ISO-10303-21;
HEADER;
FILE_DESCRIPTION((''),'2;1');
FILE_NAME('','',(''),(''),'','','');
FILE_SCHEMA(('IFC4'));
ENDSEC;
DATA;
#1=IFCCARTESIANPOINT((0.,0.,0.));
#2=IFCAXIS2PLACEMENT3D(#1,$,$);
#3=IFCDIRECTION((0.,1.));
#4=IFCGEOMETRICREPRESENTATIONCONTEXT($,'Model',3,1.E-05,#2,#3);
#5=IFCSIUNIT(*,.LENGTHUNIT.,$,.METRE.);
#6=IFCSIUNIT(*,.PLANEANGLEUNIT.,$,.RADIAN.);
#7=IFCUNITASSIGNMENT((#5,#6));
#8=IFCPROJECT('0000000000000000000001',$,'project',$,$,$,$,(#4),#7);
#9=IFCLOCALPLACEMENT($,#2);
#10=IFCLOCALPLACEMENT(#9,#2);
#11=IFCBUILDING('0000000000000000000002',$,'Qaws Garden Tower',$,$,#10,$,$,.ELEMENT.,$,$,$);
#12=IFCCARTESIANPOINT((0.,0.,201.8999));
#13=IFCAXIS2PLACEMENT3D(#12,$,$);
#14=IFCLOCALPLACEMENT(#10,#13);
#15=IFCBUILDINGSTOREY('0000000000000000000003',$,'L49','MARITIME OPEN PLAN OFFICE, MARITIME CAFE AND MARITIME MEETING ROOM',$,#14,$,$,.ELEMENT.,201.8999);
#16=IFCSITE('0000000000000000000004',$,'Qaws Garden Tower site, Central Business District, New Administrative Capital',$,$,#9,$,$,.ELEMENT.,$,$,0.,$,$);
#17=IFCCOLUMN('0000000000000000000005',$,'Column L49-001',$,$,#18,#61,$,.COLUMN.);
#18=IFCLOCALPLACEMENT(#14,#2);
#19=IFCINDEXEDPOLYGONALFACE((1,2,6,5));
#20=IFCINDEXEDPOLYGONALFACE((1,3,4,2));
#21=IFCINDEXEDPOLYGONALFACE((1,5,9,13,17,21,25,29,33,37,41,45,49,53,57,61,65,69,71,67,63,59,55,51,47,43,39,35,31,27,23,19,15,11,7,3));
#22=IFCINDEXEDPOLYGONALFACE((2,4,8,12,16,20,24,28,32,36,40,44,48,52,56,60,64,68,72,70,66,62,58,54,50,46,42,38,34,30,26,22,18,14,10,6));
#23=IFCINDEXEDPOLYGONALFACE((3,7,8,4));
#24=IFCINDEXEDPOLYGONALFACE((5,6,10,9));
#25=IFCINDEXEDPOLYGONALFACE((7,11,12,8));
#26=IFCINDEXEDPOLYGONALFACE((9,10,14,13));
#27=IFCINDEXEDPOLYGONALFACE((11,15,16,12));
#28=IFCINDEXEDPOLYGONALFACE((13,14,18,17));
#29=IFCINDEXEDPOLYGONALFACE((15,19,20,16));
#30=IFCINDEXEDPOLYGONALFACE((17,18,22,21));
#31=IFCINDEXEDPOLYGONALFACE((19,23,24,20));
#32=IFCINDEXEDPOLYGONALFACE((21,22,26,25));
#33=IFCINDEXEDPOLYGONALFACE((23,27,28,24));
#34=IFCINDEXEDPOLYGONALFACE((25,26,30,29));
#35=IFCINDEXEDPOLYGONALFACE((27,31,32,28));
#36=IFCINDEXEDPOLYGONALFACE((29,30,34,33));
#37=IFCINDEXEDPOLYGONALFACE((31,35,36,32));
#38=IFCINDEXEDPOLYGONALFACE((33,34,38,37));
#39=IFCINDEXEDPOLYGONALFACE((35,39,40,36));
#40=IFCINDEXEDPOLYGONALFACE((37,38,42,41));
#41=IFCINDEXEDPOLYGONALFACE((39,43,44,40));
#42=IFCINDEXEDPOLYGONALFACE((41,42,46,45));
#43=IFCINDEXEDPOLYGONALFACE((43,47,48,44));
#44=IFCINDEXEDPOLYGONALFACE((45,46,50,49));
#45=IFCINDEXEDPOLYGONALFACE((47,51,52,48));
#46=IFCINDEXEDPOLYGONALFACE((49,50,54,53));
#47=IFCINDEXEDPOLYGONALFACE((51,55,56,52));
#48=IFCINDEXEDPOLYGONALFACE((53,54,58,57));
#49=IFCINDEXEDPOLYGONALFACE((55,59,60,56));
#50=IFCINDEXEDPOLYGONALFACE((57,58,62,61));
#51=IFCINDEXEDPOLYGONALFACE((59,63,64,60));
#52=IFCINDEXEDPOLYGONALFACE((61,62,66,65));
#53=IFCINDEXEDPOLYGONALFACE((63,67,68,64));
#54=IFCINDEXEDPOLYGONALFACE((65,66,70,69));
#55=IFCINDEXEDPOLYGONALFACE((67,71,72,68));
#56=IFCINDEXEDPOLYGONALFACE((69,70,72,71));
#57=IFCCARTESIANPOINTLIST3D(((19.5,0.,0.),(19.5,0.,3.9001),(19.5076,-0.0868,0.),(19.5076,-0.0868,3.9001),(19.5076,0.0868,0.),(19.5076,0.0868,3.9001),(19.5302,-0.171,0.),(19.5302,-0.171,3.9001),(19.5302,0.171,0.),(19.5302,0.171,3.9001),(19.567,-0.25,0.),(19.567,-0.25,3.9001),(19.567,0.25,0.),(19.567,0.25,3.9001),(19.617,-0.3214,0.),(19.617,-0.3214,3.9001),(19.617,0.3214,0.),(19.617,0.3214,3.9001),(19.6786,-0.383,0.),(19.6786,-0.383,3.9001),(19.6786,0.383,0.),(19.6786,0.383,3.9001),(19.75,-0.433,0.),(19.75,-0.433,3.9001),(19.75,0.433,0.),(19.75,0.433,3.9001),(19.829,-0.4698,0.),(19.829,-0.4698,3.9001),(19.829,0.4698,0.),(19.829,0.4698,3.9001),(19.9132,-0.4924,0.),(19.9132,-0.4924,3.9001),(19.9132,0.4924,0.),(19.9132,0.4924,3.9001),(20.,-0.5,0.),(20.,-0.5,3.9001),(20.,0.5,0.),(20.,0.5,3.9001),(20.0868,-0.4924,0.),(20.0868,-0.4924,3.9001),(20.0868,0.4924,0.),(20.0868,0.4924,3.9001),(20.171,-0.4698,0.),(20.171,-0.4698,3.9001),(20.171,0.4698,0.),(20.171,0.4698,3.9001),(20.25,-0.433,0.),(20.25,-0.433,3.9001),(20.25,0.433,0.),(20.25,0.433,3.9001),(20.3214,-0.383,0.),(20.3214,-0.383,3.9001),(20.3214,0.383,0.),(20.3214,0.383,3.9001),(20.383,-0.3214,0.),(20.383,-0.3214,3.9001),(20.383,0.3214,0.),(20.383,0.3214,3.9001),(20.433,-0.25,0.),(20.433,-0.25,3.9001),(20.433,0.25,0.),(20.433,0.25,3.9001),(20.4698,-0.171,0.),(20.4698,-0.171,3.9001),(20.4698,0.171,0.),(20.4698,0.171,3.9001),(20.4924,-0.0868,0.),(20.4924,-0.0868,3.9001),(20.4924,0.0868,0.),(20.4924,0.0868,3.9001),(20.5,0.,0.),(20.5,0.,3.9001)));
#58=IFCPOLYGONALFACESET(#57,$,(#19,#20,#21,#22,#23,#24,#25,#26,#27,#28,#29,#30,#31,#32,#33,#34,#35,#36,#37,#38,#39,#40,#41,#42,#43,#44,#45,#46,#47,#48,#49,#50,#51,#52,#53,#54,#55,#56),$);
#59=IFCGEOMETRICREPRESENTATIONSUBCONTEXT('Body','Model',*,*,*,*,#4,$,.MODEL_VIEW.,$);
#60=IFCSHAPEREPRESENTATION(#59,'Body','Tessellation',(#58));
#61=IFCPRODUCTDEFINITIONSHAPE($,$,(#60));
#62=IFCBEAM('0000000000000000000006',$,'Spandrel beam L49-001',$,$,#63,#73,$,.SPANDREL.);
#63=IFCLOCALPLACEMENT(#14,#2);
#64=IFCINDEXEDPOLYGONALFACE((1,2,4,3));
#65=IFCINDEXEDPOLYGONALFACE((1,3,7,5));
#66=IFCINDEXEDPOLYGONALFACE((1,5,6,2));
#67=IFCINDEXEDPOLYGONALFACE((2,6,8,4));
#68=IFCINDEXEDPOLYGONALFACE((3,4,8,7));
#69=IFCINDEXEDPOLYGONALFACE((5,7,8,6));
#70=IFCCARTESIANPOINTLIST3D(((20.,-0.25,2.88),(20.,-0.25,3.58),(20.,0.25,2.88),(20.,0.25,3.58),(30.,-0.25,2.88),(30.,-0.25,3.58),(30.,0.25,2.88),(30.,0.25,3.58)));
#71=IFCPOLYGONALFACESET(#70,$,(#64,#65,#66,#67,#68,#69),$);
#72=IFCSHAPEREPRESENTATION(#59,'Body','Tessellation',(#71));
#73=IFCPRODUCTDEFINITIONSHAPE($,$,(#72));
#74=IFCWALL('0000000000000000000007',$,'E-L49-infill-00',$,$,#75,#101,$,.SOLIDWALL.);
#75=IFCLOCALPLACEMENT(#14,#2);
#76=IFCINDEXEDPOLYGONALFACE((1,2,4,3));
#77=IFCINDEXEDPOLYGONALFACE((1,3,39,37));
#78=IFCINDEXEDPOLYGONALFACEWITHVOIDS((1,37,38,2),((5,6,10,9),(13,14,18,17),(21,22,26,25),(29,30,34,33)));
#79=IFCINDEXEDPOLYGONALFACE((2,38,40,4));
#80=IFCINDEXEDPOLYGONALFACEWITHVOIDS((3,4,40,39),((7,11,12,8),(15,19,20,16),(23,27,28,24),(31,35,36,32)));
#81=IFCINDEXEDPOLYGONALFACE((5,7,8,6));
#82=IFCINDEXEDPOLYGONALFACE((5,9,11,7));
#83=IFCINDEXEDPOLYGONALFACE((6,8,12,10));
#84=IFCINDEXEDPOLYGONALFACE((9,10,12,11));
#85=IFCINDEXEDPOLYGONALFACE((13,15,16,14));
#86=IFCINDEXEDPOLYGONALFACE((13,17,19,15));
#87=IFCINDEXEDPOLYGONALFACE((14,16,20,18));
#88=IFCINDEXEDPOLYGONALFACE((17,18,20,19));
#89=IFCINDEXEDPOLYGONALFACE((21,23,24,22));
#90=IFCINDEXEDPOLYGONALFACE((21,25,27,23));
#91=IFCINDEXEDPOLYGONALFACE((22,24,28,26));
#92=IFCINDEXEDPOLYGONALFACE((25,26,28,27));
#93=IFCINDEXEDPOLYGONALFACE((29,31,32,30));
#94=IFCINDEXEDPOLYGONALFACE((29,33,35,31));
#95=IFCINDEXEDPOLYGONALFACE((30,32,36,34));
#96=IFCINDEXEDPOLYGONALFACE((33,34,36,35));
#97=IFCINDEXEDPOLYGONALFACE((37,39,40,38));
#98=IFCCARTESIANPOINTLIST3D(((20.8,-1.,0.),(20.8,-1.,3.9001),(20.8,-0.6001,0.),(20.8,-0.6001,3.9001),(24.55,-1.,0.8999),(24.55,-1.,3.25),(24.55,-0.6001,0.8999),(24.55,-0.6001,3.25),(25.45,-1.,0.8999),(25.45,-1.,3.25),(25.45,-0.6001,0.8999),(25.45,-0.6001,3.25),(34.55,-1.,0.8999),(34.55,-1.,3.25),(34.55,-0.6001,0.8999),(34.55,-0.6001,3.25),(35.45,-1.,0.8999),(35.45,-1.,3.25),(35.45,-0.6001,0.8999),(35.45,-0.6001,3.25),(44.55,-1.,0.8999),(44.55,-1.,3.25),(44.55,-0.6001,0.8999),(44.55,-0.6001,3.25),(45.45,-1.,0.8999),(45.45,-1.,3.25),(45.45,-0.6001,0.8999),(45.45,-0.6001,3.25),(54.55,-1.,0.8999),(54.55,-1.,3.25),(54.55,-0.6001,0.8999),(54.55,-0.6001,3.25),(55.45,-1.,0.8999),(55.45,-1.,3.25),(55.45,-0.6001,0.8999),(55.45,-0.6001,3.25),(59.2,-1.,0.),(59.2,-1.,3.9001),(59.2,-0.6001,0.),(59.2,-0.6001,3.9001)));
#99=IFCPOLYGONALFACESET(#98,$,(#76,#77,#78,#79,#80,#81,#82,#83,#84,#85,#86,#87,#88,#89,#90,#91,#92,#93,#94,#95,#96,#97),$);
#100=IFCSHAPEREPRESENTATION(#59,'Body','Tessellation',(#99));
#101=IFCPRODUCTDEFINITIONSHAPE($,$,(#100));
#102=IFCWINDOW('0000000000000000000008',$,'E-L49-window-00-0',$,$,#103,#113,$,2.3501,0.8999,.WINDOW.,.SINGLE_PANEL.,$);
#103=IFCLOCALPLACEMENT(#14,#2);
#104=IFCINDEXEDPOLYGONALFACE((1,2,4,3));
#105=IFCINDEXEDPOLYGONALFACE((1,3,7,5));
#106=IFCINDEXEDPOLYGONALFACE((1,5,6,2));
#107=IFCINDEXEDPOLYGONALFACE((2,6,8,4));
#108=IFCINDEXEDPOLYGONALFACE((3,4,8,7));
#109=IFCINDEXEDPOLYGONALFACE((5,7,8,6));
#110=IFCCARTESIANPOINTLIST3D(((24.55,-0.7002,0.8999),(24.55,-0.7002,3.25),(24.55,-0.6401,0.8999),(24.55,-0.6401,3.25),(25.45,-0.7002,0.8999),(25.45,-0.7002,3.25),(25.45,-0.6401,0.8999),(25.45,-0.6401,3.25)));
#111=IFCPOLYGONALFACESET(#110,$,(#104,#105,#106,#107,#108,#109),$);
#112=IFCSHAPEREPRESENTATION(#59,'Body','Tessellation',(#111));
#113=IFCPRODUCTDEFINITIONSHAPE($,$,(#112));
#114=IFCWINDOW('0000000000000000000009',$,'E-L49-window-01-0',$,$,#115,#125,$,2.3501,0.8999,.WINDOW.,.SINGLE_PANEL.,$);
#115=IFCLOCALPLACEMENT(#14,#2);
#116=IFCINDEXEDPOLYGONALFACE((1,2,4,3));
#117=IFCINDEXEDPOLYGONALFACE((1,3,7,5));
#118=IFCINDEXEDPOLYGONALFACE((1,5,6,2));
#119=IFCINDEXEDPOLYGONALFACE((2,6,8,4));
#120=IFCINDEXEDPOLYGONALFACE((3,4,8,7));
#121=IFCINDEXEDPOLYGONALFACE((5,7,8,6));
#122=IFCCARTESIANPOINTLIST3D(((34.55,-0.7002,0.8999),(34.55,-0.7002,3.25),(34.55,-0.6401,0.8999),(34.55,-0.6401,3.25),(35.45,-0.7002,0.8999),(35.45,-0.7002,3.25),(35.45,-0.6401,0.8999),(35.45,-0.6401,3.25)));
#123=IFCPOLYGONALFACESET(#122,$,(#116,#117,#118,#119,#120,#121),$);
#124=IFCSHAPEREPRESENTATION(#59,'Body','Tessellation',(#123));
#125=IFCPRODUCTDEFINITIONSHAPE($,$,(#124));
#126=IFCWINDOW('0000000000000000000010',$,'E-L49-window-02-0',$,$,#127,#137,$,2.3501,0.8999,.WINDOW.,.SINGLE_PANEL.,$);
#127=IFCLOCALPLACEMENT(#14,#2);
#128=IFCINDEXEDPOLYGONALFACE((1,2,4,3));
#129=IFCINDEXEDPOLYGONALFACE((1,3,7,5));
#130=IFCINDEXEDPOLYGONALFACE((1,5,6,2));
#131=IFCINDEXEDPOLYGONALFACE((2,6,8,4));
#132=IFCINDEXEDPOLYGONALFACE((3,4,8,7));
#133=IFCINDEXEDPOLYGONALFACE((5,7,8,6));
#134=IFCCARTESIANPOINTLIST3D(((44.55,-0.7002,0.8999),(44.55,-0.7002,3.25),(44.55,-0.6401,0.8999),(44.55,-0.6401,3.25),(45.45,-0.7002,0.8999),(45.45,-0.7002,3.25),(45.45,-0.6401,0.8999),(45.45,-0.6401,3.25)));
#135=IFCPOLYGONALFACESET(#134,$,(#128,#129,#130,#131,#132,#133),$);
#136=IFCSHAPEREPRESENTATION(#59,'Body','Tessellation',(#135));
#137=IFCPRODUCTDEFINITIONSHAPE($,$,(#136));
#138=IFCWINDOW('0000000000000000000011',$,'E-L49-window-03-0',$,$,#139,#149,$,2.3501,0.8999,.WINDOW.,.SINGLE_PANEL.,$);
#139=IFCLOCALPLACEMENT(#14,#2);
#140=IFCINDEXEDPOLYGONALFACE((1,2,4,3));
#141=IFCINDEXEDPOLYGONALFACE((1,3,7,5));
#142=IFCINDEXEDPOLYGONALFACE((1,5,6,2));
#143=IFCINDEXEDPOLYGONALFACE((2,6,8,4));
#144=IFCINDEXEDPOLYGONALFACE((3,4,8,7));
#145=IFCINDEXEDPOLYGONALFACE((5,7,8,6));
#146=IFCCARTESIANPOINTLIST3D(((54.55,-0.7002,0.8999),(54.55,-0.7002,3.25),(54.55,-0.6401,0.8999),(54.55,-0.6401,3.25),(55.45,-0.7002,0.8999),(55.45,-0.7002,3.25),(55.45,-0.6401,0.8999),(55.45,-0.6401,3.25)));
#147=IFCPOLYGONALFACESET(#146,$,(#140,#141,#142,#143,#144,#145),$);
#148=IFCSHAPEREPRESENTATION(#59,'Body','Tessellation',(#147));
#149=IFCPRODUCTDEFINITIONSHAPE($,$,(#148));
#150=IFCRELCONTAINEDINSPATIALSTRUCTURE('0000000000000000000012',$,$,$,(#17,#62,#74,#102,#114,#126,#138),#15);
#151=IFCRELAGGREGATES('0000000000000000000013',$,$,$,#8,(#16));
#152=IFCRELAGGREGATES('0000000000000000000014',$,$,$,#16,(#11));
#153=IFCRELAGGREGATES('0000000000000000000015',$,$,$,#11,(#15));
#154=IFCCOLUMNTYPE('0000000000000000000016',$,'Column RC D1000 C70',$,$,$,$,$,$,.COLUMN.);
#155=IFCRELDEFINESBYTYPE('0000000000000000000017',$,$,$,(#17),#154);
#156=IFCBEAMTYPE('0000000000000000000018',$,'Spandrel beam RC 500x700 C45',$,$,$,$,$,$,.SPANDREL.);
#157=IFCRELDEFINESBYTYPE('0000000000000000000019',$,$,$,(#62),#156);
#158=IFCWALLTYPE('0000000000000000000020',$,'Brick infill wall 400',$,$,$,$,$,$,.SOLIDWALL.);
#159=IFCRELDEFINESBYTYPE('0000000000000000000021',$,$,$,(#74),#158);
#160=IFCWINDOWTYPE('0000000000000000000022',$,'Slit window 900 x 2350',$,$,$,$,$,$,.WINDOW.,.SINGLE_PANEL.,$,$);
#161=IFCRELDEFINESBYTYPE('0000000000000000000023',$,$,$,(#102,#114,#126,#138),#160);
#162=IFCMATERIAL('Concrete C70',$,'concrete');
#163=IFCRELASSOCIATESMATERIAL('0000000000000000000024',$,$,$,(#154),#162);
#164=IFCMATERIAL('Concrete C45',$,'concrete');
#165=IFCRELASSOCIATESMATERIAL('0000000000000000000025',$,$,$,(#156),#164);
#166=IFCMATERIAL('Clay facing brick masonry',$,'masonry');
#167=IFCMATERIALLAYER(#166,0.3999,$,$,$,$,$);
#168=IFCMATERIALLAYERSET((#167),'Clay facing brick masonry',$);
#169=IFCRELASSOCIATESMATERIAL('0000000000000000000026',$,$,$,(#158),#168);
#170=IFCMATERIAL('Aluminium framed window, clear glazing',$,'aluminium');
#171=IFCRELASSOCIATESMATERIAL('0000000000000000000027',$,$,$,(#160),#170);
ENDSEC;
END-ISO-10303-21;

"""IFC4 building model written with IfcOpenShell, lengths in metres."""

from ifc_helpers import new_model, si_unit, direction, frame, frame_2d, origin, origin_2d, place, context, subcontext, project, spatial, rectangle, circle, extrude, material, layer, layer_set, material_profile, profile_set, type_object, element, fill, save


model = new_model("IFC4")

# Units and contexts
model_context = context("Model", 3, precision=1e-05, world=origin(), true_north=direction((0.0, 1.0)))
body_context = subcontext(model_context, "Body", "Model", "MODEL_VIEW")
ifc_project = project(units=[si_unit("LENGTHUNIT", "METRE"), si_unit("PLANEANGLEUNIT", "RADIAN")], contexts=[model_context])

# Site, building, storey
site_placement = place(None, origin())
site = spatial("IfcSite", under=ifc_project, at=site_placement, Name="Qaws Garden Tower site, Central Business District, New Administrative Capital", CompositionType="ELEMENT", RefElevation=0.0)
building_placement = place(site_placement, origin())
building = spatial("IfcBuilding", under=site, at=building_placement, Name="Qaws Garden Tower", CompositionType="ELEMENT")
storey_placement = place(building_placement, frame((0.0, 0.0, 201.8999)))
storey = spatial("IfcBuildingStorey", under=building, at=storey_placement, Name="L49", Description="MARITIME OPEN PLAN OFFICE, MARITIME CAFE AND MARITIME MEETING ROOM", CompositionType="ELEMENT", Elevation=201.8999)

# Column
ifc_material_1 = material(Name="Concrete C70", Category="concrete")
ifc_material_profile_1 = material_profile(ifc_material_1, circle(Radius=0.5, at=origin_2d()), Name="RC D1000")
ifc_profile_set_1 = profile_set([ifc_material_profile_1], Name="Concrete C70")
column_type = type_object("IfcColumnType", Name="Column RC D1000 C70", PredefinedType="COLUMN", material=ifc_profile_set_1)
column_placement = place(storey_placement, frame((20.0, 0.0, 0.0), z_axis=(0.0, 0.0, 1.0), x_axis=(1.0, 0.0, 0.0)))
element("IfcColumn", 1, at=column_placement, inside=storey, type_object=column_type, Name="Column L49-001", PredefinedType="COLUMN", context=body_context, shape_type="SweptSolid", body=[
    extrude(circle(Radius=0.5, at=origin_2d()), origin(), (0.0, 0.0, 1.0), 3.9001),
])

# Beam
ifc_material_2 = material(Name="Concrete C45", Category="concrete")
ifc_material_profile_2 = material_profile(ifc_material_2, rectangle(XDim=0.5, YDim=0.7, at=origin_2d()), Name="RC 500x700")
ifc_profile_set_2 = profile_set([ifc_material_profile_2], Name="Concrete C45")
beam_type = type_object("IfcBeamType", Name="Spandrel beam RC 500x700 C45", PredefinedType="SPANDREL", material=ifc_profile_set_2)
beam_placement = place(storey_placement, frame((20.0, 0.0, 3.23), z_axis=(1.0, 0.0, 0.0), x_axis=(0.0, 1.0, 0.0)))
element("IfcBeam", 2, at=beam_placement, inside=storey, type_object=beam_type, Name="Spandrel beam L49-001", PredefinedType="SPANDREL", context=body_context, shape_type="SweptSolid", body=[
    extrude(rectangle(XDim=0.5, YDim=0.7, at=origin_2d()), origin(), (0.0, 0.0, 1.0), 10.0),
])

# Wall, openings, windows
ifc_material_3 = material(Name="Clay facing brick masonry", Category="masonry")
ifc_layer_1 = layer(ifc_material_3, 0.3999)
ifc_layer_set_1 = layer_set([ifc_layer_1], Name="Clay facing brick masonry")
wall_type_1 = type_object("IfcWallType", Name="Brick infill wall 400", PredefinedType="SOLIDWALL", material=ifc_layer_set_1)
wall_1_placement = place(storey_placement, frame((20.8, -0.8, 0.0), z_axis=(0.0, 0.0, 1.0), x_axis=(1.0, 0.0, 0.0)))
wall_1 = element("IfcWall", 3, at=wall_1_placement, inside=storey, type_object=wall_type_1, Name="E-L49-infill-00", PredefinedType="SOLIDWALL", context=body_context, shape_type="SweptSolid", body=[
    extrude(rectangle(XDim=38.3999, YDim=0.3999, at=frame_2d((19.2, 0.0))), origin(), (0.0, 0.0, 1.0), 3.9001),
])
opening_1_placement = place(wall_1_placement, frame((3.75, 0.0, 0.8999)))
opening_1 = element("IfcOpeningElement", 4, at=opening_1_placement, cuts=wall_1, PredefinedType="OPENING", context=body_context, shape_type="SweptSolid", body=[
    extrude(rectangle(XDim=0.8999, YDim=2.3501, at=frame_2d((0.45, 1.175))), frame((0.0, 0.21, 0.0), z_axis=(0.0, -1.0, 0.0), x_axis=(1.0, 0.0, 0.0)), (0.0, 0.0, 1.0), 0.4199),
])
opening_2_placement = place(wall_1_placement, frame((13.75, 0.0, 0.8999)))
opening_2 = element("IfcOpeningElement", 5, at=opening_2_placement, cuts=wall_1, PredefinedType="OPENING", context=body_context, shape_type="SweptSolid", body=[
    extrude(rectangle(XDim=0.8999, YDim=2.3501, at=frame_2d((0.45, 1.175))), frame((0.0, 0.21, 0.0), z_axis=(0.0, -1.0, 0.0), x_axis=(1.0, 0.0, 0.0)), (0.0, 0.0, 1.0), 0.4199),
])
opening_3_placement = place(wall_1_placement, frame((23.75, 0.0, 0.8999)))
opening_3 = element("IfcOpeningElement", 6, at=opening_3_placement, cuts=wall_1, PredefinedType="OPENING", context=body_context, shape_type="SweptSolid", body=[
    extrude(rectangle(XDim=0.8999, YDim=2.3501, at=frame_2d((0.45, 1.175))), frame((0.0, 0.21, 0.0), z_axis=(0.0, -1.0, 0.0), x_axis=(1.0, 0.0, 0.0)), (0.0, 0.0, 1.0), 0.4199),
])
opening_4_placement = place(wall_1_placement, frame((33.75, 0.0, 0.8999)))
opening_4 = element("IfcOpeningElement", 7, at=opening_4_placement, cuts=wall_1, PredefinedType="OPENING", context=body_context, shape_type="SweptSolid", body=[
    extrude(rectangle(XDim=0.8999, YDim=2.3501, at=frame_2d((0.45, 1.175))), frame((0.0, 0.21, 0.0), z_axis=(0.0, -1.0, 0.0), x_axis=(1.0, 0.0, 0.0)), (0.0, 0.0, 1.0), 0.4199),
])
ifc_material_4 = material(Name="Aluminium framed window, clear glazing", Category="aluminium")
window_type = type_object("IfcWindowType", Name="Slit window 900 x 2350", PartitioningType="SINGLE_PANEL", PredefinedType="WINDOW", material=ifc_material_4)
window_1_placement = place(opening_1_placement, origin())
window_1 = element("IfcWindow", 8, at=window_1_placement, inside=storey, type_object=window_type, Name="E-L49-window-00-0", OverallHeight=2.3501, OverallWidth=0.8999, PartitioningType="SINGLE_PANEL", PredefinedType="WINDOW", context=body_context, shape_type="SweptSolid", body=[
    extrude(rectangle(XDim=0.8999, YDim=2.3501, at=frame_2d((0.45, 1.175))), frame((0.0, 0.1599, 0.0), z_axis=(0.0, -1.0, 0.0), x_axis=(1.0, 0.0, 0.0)), (0.0, 0.0, 1.0), 0.0601),
])
fill(opening_1, window_1)
window_2_placement = place(opening_2_placement, origin())
window_2 = element("IfcWindow", 9, at=window_2_placement, inside=storey, type_object=window_type, Name="E-L49-window-01-0", OverallHeight=2.3501, OverallWidth=0.8999, PartitioningType="SINGLE_PANEL", PredefinedType="WINDOW", context=body_context, shape_type="SweptSolid", body=[
    extrude(rectangle(XDim=0.8999, YDim=2.3501, at=frame_2d((0.45, 1.175))), frame((0.0, 0.1599, 0.0), z_axis=(0.0, -1.0, 0.0), x_axis=(1.0, 0.0, 0.0)), (0.0, 0.0, 1.0), 0.0601),
])
fill(opening_2, window_2)
window_3_placement = place(opening_3_placement, origin())
window_3 = element("IfcWindow", 10, at=window_3_placement, inside=storey, type_object=window_type, Name="E-L49-window-02-0", OverallHeight=2.3501, OverallWidth=0.8999, PartitioningType="SINGLE_PANEL", PredefinedType="WINDOW", context=body_context, shape_type="SweptSolid", body=[
    extrude(rectangle(XDim=0.8999, YDim=2.3501, at=frame_2d((0.45, 1.175))), frame((0.0, 0.1599, 0.0), z_axis=(0.0, -1.0, 0.0), x_axis=(1.0, 0.0, 0.0)), (0.0, 0.0, 1.0), 0.0601),
])
fill(opening_3, window_3)
window_4_placement = place(opening_4_placement, origin())
window_4 = element("IfcWindow", 11, at=window_4_placement, inside=storey, type_object=window_type, Name="E-L49-window-03-0", OverallHeight=2.3501, OverallWidth=0.8999, PartitioningType="SINGLE_PANEL", PredefinedType="WINDOW", context=body_context, shape_type="SweptSolid", body=[
    extrude(rectangle(XDim=0.8999, YDim=2.3501, at=frame_2d((0.45, 1.175))), frame((0.0, 0.1599, 0.0), z_axis=(0.0, -1.0, 0.0), x_axis=(1.0, 0.0, 0.0)), (0.0, 0.0, 1.0), 0.0601),
])
fill(opening_4, window_4)

save(model, "model.ifc")
